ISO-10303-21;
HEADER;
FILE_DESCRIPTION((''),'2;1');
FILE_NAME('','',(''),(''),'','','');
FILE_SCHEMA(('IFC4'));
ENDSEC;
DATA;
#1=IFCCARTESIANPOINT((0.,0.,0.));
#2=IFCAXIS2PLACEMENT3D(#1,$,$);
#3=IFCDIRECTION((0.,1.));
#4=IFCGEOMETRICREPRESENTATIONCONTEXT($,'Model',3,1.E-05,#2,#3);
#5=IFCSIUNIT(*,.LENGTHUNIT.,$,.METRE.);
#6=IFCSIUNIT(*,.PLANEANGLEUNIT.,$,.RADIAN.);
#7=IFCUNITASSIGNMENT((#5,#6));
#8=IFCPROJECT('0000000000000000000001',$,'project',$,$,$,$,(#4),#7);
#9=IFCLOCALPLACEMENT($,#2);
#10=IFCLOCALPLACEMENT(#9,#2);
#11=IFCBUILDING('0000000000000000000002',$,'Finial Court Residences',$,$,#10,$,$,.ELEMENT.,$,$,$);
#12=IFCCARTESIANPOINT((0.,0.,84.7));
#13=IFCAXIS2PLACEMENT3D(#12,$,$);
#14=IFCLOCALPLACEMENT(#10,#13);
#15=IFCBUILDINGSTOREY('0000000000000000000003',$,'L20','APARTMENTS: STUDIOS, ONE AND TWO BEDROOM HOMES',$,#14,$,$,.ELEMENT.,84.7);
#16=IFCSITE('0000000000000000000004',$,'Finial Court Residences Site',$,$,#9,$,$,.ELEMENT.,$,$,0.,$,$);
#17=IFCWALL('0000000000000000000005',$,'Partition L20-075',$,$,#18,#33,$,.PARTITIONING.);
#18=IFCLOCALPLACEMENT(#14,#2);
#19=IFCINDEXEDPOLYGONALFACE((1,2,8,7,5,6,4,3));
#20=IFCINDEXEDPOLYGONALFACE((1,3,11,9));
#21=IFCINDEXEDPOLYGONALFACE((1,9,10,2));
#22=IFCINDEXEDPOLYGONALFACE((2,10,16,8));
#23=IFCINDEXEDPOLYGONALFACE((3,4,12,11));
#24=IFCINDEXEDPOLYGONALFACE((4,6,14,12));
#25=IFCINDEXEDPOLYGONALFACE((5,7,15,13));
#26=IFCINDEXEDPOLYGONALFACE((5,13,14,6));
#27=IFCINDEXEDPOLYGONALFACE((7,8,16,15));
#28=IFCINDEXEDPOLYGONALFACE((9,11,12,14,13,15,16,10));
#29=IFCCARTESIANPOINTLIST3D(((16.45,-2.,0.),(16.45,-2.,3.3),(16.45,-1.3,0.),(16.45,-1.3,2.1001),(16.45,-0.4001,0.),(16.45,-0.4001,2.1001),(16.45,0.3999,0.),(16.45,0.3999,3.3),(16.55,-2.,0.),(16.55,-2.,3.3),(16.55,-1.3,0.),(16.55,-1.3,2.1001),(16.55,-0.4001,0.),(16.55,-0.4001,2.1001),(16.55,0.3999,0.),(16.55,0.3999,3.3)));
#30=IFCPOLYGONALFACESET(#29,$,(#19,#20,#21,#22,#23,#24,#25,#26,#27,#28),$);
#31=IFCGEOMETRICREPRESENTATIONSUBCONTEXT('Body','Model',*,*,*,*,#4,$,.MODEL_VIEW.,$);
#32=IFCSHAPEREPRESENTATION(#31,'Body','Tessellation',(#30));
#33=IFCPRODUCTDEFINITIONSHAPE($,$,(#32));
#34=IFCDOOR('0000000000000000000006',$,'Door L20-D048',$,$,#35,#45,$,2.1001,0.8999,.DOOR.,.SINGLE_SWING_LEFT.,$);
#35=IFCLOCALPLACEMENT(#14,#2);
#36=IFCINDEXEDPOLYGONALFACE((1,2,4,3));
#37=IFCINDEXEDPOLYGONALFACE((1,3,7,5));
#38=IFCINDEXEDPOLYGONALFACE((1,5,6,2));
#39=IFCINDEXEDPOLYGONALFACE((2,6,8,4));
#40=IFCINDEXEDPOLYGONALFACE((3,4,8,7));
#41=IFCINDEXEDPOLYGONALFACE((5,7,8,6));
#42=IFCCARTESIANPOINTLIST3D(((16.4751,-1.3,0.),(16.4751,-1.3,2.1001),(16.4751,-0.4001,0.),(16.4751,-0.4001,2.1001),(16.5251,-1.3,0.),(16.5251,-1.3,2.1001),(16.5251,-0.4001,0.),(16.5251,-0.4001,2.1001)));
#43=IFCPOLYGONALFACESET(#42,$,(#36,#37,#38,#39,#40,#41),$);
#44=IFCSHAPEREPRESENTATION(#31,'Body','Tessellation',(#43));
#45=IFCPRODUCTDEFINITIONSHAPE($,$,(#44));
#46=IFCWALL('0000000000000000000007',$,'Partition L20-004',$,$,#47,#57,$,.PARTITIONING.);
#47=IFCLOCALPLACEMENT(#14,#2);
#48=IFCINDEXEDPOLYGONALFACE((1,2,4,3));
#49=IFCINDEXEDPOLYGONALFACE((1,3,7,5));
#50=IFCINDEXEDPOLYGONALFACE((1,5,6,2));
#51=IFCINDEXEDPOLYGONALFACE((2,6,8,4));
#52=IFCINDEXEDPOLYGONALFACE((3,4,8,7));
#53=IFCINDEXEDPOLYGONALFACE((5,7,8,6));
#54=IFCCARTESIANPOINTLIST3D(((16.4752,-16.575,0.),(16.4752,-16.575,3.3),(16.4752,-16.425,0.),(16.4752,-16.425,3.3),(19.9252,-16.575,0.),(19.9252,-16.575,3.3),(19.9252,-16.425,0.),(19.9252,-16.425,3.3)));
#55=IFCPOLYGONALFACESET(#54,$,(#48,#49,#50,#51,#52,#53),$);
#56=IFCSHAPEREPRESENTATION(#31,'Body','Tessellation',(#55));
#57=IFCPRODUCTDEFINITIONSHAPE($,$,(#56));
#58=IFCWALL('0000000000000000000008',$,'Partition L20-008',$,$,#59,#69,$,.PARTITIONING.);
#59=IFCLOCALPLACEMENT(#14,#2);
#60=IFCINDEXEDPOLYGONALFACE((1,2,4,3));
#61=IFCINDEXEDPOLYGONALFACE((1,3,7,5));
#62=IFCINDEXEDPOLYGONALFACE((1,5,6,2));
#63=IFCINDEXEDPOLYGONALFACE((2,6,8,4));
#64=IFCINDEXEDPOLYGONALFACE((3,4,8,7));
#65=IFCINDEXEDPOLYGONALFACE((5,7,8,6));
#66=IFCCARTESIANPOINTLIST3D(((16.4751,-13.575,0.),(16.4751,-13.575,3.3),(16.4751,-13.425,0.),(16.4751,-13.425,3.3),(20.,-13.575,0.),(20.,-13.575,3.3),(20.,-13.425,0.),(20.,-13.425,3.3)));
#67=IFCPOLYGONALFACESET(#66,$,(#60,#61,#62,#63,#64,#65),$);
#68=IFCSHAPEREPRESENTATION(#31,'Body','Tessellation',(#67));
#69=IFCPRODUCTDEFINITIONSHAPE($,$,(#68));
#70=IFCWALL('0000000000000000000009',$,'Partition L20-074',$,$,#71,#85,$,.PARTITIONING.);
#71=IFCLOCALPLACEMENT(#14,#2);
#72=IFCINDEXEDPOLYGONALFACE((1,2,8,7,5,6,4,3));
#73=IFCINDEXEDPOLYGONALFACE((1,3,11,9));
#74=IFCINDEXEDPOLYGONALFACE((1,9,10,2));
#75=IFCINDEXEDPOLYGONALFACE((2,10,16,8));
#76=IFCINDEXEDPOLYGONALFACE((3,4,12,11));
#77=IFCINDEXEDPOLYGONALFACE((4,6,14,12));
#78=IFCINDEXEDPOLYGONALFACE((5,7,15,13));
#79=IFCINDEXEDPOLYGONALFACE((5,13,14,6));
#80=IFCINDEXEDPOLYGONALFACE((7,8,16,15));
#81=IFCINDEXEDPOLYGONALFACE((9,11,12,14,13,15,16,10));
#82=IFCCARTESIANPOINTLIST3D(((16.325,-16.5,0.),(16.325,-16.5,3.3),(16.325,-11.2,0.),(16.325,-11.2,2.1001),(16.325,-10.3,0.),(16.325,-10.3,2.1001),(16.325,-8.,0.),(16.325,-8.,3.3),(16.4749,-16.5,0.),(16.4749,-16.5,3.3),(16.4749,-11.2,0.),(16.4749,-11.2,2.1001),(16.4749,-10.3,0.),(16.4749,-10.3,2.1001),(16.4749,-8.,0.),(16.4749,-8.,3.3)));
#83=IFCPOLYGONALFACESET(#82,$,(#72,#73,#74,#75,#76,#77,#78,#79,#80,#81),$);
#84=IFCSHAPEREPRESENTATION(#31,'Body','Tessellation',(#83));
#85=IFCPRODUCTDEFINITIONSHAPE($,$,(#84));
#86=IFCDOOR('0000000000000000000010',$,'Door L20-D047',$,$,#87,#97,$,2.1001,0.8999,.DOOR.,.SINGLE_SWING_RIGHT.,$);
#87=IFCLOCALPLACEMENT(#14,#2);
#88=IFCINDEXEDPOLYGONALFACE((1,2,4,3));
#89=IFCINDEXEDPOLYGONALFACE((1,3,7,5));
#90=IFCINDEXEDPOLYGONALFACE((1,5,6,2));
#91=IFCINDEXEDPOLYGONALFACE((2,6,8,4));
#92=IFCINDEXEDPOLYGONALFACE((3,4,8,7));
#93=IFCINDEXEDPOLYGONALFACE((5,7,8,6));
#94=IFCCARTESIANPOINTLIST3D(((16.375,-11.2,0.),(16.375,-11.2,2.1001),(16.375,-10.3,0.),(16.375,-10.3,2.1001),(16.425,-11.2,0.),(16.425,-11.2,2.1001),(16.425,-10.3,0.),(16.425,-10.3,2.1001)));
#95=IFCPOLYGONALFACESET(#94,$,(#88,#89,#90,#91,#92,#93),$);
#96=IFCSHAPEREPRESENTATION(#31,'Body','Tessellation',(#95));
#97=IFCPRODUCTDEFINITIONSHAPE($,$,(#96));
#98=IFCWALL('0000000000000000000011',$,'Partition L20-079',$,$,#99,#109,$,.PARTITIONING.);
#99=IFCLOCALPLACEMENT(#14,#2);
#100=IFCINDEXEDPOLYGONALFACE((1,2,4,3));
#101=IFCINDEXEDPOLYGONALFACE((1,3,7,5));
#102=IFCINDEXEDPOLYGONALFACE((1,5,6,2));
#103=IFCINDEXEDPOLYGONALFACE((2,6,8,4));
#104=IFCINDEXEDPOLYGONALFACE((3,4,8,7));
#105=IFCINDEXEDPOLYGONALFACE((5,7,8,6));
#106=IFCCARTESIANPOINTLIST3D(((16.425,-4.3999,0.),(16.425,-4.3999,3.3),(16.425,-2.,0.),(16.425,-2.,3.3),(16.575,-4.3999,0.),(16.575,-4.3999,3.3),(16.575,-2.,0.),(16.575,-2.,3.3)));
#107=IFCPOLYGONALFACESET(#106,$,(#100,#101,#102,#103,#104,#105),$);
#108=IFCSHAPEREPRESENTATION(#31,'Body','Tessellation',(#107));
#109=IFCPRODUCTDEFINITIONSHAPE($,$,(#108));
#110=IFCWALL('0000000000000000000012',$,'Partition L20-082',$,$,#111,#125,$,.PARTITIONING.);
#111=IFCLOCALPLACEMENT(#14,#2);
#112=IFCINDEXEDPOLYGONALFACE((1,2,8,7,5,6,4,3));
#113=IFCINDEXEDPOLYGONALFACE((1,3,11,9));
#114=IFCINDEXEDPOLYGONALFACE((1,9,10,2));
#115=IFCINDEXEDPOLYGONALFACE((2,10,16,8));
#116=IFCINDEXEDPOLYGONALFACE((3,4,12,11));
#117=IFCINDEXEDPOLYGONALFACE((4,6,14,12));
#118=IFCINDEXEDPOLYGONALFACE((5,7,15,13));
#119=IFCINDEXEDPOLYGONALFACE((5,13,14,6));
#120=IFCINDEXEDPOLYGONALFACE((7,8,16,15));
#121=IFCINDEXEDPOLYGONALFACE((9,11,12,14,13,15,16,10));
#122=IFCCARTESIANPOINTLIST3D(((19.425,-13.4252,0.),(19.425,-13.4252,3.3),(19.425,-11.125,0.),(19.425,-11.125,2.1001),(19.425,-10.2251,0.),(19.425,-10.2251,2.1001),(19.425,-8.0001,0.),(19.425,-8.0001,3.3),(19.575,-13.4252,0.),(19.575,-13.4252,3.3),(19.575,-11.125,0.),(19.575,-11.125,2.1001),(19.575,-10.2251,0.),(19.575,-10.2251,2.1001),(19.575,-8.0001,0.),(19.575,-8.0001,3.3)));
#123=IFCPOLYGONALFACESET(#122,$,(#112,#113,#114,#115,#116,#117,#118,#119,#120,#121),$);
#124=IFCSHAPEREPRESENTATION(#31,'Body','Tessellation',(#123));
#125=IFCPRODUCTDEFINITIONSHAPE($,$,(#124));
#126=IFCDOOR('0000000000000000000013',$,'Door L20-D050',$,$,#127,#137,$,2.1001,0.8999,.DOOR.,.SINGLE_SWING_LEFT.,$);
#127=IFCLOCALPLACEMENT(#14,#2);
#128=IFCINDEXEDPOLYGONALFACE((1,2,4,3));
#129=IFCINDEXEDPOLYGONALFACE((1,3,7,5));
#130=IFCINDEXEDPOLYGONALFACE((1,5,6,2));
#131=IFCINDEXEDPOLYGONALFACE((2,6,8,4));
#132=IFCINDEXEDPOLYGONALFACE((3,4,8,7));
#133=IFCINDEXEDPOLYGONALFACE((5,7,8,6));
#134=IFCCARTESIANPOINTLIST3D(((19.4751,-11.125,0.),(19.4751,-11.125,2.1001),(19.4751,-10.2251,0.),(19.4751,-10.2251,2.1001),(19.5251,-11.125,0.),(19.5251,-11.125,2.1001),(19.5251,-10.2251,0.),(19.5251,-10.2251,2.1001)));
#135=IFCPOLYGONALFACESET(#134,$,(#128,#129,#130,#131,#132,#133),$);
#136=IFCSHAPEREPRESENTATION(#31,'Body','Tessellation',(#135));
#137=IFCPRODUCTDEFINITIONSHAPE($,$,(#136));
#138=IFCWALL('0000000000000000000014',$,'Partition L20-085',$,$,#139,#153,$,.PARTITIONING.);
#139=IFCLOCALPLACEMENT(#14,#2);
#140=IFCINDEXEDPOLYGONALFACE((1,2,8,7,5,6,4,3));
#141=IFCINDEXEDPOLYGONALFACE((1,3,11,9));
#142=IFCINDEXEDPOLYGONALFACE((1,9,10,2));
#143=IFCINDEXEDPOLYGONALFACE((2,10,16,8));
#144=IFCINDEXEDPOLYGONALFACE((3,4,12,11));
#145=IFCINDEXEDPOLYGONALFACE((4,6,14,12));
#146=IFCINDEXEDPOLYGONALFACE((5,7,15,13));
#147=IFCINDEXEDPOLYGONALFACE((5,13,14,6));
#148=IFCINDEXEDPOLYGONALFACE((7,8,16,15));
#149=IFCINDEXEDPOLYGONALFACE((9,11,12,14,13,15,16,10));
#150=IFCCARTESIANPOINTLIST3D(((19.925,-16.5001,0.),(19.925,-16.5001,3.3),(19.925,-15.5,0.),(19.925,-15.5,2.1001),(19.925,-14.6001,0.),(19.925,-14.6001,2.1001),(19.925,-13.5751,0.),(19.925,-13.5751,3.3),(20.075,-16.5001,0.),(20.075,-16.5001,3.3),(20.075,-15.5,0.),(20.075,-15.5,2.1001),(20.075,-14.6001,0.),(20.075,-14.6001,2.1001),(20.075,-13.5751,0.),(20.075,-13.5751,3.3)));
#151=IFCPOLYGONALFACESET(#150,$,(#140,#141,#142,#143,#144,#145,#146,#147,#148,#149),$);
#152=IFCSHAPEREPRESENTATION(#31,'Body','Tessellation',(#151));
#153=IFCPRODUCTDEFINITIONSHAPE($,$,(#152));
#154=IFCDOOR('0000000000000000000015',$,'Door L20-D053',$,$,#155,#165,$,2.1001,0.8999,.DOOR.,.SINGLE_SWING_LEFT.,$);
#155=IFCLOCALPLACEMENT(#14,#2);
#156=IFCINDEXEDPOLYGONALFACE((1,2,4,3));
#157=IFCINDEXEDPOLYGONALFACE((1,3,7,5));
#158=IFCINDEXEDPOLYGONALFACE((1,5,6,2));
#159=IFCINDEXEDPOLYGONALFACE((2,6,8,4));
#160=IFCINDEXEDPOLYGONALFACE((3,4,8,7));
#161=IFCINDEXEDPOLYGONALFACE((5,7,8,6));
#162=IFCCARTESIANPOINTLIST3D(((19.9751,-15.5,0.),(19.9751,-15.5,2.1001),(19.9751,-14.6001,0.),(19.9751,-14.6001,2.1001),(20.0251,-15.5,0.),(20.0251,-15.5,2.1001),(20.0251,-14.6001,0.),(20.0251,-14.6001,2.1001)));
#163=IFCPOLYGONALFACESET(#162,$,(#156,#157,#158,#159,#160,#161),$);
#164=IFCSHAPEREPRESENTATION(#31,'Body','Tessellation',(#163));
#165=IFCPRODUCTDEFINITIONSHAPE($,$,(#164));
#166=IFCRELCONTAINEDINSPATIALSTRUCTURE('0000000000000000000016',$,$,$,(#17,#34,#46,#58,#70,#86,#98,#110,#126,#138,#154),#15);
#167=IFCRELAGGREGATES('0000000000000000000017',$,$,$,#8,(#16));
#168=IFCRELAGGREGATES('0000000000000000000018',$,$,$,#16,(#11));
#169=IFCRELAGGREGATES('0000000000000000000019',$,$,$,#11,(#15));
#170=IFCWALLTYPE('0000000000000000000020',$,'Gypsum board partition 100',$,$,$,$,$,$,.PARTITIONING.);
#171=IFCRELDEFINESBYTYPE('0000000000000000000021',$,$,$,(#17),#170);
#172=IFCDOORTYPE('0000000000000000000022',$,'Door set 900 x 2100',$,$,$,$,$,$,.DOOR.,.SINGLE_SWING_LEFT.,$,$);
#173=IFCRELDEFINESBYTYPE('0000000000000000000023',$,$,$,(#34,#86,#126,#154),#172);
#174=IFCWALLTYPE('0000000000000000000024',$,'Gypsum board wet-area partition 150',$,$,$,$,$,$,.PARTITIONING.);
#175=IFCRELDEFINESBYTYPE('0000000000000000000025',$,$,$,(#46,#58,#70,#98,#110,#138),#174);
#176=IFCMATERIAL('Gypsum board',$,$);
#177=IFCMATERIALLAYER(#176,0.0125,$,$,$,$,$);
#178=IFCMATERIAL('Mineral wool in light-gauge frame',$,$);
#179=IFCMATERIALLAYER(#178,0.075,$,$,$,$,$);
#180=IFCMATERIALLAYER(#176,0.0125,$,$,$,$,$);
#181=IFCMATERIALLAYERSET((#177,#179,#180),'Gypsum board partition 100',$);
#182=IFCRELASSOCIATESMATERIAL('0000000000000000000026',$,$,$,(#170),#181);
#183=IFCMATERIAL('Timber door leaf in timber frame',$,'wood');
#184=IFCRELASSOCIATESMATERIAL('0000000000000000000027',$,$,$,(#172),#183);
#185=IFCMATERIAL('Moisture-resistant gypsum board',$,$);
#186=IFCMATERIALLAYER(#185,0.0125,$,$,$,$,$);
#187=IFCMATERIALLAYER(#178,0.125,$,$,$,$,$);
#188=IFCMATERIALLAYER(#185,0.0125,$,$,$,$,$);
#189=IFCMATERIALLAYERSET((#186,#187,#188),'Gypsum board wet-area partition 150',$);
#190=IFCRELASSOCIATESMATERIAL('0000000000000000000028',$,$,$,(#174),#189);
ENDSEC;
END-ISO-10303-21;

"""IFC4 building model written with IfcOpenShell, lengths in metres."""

from ifc_helpers import new_model, si_unit, direction, frame, frame_2d, origin, place, context, subcontext, project, spatial, rectangle, extrude, material, layer, layer_set, type_object, element, fill, save


model = new_model("IFC4")

# Units and contexts
model_context = context("Model", 3, precision=1e-05, world=origin(), true_north=direction((0.0, 1.0)))
body_context = subcontext(model_context, "Body", "Model", "MODEL_VIEW")
ifc_project = project(units=[si_unit("LENGTHUNIT", "METRE"), si_unit("PLANEANGLEUNIT", "RADIAN")], contexts=[model_context])

# Site, building, storey
site_placement = place(None, origin())
site = spatial("IfcSite", under=ifc_project, at=site_placement, Name="Finial Court Residences Site", CompositionType="ELEMENT", RefElevation=0.0)
building_placement = place(site_placement, origin())
building = spatial("IfcBuilding", under=site, at=building_placement, Name="Finial Court Residences", CompositionType="ELEMENT")
storey_placement = place(building_placement, frame((0.0, 0.0, 84.7)))
storey = spatial("IfcBuildingStorey", under=building, at=storey_placement, Name="L20", Description="APARTMENTS: STUDIOS, ONE AND TWO BEDROOM HOMES", CompositionType="ELEMENT", Elevation=84.7)

# Wall, opening, door
ifc_material_1 = material(Name="Gypsum board")
ifc_layer_1 = layer(ifc_material_1, 0.0125)
ifc_material_2 = material(Name="Mineral wool in light-gauge frame")
ifc_layer_2 = layer(ifc_material_2, 0.075)
ifc_layer_3 = layer(ifc_material_1, 0.0125)
ifc_layer_set_1 = layer_set([ifc_layer_1, ifc_layer_2, ifc_layer_3], Name="Gypsum board partition 100")
wall_type_1 = type_object("IfcWallType", Name="Gypsum board partition 100", PredefinedType="PARTITIONING", material=ifc_layer_set_1)
ifc_material_3 = material(Name="Timber door leaf in timber frame", Category="wood")
door_type = type_object("IfcDoorType", Name="Door set 900 x 2100", OperationType="SINGLE_SWING_LEFT", PredefinedType="DOOR", material=ifc_material_3)
wall_1_placement = place(storey_placement, frame((16.5, -2.0, 0.0), z_axis=(0.0, 0.0, 1.0), x_axis=(0.0, 1.0, 0.0)))
wall_1 = element("IfcWall", 1, at=wall_1_placement, inside=storey, type_object=wall_type_1, Name="Partition L20-075", PredefinedType="PARTITIONING", context=body_context, shape_type="SweptSolid", body=[
    extrude(rectangle(XDim=2.3999, YDim=0.1001, at=frame_2d((1.2, 0.0))), origin(), (0.0, 0.0, 1.0), 3.3),
])
opening_1_placement = place(wall_1_placement, frame((0.7, 0.0, 0.0)))
opening_1 = element("IfcOpeningElement", 2, at=opening_1_placement, cuts=wall_1, PredefinedType="OPENING", context=body_context, shape_type="SweptSolid", body=[
    extrude(rectangle(XDim=0.8999, YDim=2.1001, at=frame_2d((0.45, 1.05))), frame((0.0, 0.0601, 0.0), z_axis=(0.0, -1.0, 0.0), x_axis=(1.0, 0.0, 0.0)), (0.0, 0.0, 1.0), 0.1201),
])
door_1_placement = place(opening_1_placement, origin())
door_1 = element("IfcDoor", 3, at=door_1_placement, inside=storey, type_object=door_type, Name="Door L20-D048", OperationType="SINGLE_SWING_LEFT", OverallHeight=2.1001, OverallWidth=0.8999, PredefinedType="DOOR", context=body_context, shape_type="SweptSolid", body=[
    extrude(rectangle(XDim=0.8999, YDim=2.1001, at=frame_2d((0.45, 1.05))), frame((0.0, 0.0249, 0.0), z_axis=(0.0, -1.0, 0.0), x_axis=(1.0, 0.0, 0.0)), (0.0, 0.0, 1.0), 0.05),
])
fill(opening_1, door_1)

# Walls
ifc_material_4 = material(Name="Moisture-resistant gypsum board")
ifc_layer_4 = layer(ifc_material_4, 0.0125)
ifc_layer_5 = layer(ifc_material_2, 0.125)
ifc_layer_6 = layer(ifc_material_4, 0.0125)
ifc_layer_set_2 = layer_set([ifc_layer_4, ifc_layer_5, ifc_layer_6], Name="Gypsum board wet-area partition 150")
wall_type_2 = type_object("IfcWallType", Name="Gypsum board wet-area partition 150", PredefinedType="PARTITIONING", material=ifc_layer_set_2)
wall_2_placement = place(storey_placement, frame((16.4751, -16.5, 0.0), z_axis=(0.0, 0.0, 1.0), x_axis=(1.0, 0.0, 0.0)))
element("IfcWall", 4, at=wall_2_placement, inside=storey, type_object=wall_type_2, Name="Partition L20-004", PredefinedType="PARTITIONING", context=body_context, shape_type="SweptSolid", body=[
    extrude(rectangle(XDim=3.45, YDim=0.1499, at=frame_2d((1.7251, 0.0))), origin(), (0.0, 0.0, 1.0), 3.3),
])
wall_3_placement = place(storey_placement, frame((16.4751, -13.5, 0.0), z_axis=(0.0, 0.0, 1.0), x_axis=(1.0, 0.0, 0.0)))
element("IfcWall", 5, at=wall_3_placement, inside=storey, type_object=wall_type_2, Name="Partition L20-008", PredefinedType="PARTITIONING", context=body_context, shape_type="SweptSolid", body=[
    extrude(rectangle(XDim=3.5249, YDim=0.1499, at=frame_2d((1.7625, 0.0))), origin(), (0.0, 0.0, 1.0), 3.3),
])

# Wall, opening, door
wall_4_placement = place(storey_placement, frame((16.3999, -16.5, 0.0), z_axis=(0.0, 0.0, 1.0), x_axis=(0.0, 1.0, 0.0)))
wall_4 = element("IfcWall", 6, at=wall_4_placement, inside=storey, type_object=wall_type_2, Name="Partition L20-074", PredefinedType="PARTITIONING", context=body_context, shape_type="SweptSolid", body=[
    extrude(rectangle(XDim=8.5, YDim=0.1499, at=frame_2d((4.25, 0.0))), origin(), (0.0, 0.0, 1.0), 3.3),
])
opening_2_placement = place(wall_4_placement, frame((5.3, 0.0, 0.0)))
opening_2 = element("IfcOpeningElement", 7, at=opening_2_placement, cuts=wall_4, PredefinedType="OPENING", context=body_context, shape_type="SweptSolid", body=[
    extrude(rectangle(XDim=0.8999, YDim=2.1001, at=frame_2d((0.45, 1.05))), frame((0.0, 0.085, 0.0), z_axis=(0.0, -1.0, 0.0), x_axis=(1.0, 0.0, 0.0)), (0.0, 0.0, 1.0), 0.1699),
])
door_2_placement = place(opening_2_placement, origin())
door_2 = element("IfcDoor", 8, at=door_2_placement, inside=storey, type_object=door_type, Name="Door L20-D047", OperationType="SINGLE_SWING_RIGHT", OverallHeight=2.1001, OverallWidth=0.8999, PredefinedType="DOOR", context=body_context, shape_type="SweptSolid", body=[
    extrude(rectangle(XDim=0.8999, YDim=2.1001, at=frame_2d((0.45, 1.05))), frame((0.0, 0.0249, 0.0), z_axis=(0.0, -1.0, 0.0), x_axis=(1.0, 0.0, 0.0)), (0.0, 0.0, 1.0), 0.05),
])
fill(opening_2, door_2)

# Wall
wall_5_placement = place(storey_placement, frame((16.5, -4.3999, 0.0), z_axis=(0.0, 0.0, 1.0), x_axis=(0.0, 1.0, 0.0)))
element("IfcWall", 9, at=wall_5_placement, inside=storey, type_object=wall_type_2, Name="Partition L20-079", PredefinedType="PARTITIONING", context=body_context, shape_type="SweptSolid", body=[
    extrude(rectangle(XDim=2.3999, YDim=0.1499, at=frame_2d((1.2, 0.0))), origin(), (0.0, 0.0, 1.0), 3.3),
])

# Walls, openings, doors
wall_6_placement = place(storey_placement, frame((19.5, -13.425, 0.0), z_axis=(0.0, 0.0, 1.0), x_axis=(0.0, 1.0, 0.0)))
wall_6 = element("IfcWall", 10, at=wall_6_placement, inside=storey, type_object=wall_type_2, Name="Partition L20-082", PredefinedType="PARTITIONING", context=body_context, shape_type="SweptSolid", body=[
    extrude(rectangle(XDim=5.425, YDim=0.1499, at=frame_2d((2.7124, 0.0))), origin(), (0.0, 0.0, 1.0), 3.3),
])
opening_3_placement = place(wall_6_placement, frame((2.3, 0.0, 0.0)))
opening_3 = element("IfcOpeningElement", 11, at=opening_3_placement, cuts=wall_6, PredefinedType="OPENING", context=body_context, shape_type="SweptSolid", body=[
    extrude(rectangle(XDim=0.8999, YDim=2.1001, at=frame_2d((0.45, 1.05))), frame((0.0, 0.085, 0.0), z_axis=(0.0, -1.0, 0.0), x_axis=(1.0, 0.0, 0.0)), (0.0, 0.0, 1.0), 0.1699),
])
door_3_placement = place(opening_3_placement, origin())
door_3 = element("IfcDoor", 12, at=door_3_placement, inside=storey, type_object=door_type, Name="Door L20-D050", OperationType="SINGLE_SWING_LEFT", OverallHeight=2.1001, OverallWidth=0.8999, PredefinedType="DOOR", context=body_context, shape_type="SweptSolid", body=[
    extrude(rectangle(XDim=0.8999, YDim=2.1001, at=frame_2d((0.45, 1.05))), frame((0.0, 0.0249, 0.0), z_axis=(0.0, -1.0, 0.0), x_axis=(1.0, 0.0, 0.0)), (0.0, 0.0, 1.0), 0.05),
])
fill(opening_3, door_3)
wall_7_placement = place(storey_placement, frame((20.0, -16.5, 0.0), z_axis=(0.0, 0.0, 1.0), x_axis=(0.0, 1.0, 0.0)))
wall_7 = element("IfcWall", 13, at=wall_7_placement, inside=storey, type_object=wall_type_2, Name="Partition L20-085", PredefinedType="PARTITIONING", context=body_context, shape_type="SweptSolid", body=[
    extrude(rectangle(XDim=2.925, YDim=0.1499, at=frame_2d((1.4624, 0.0))), origin(), (0.0, 0.0, 1.0), 3.3),
])
opening_4_placement = place(wall_7_placement, frame((1.0, 0.0, 0.0)))
opening_4 = element("IfcOpeningElement", 14, at=opening_4_placement, cuts=wall_7, PredefinedType="OPENING", context=body_context, shape_type="SweptSolid", body=[
    extrude(rectangle(XDim=0.8999, YDim=2.1001, at=frame_2d((0.45, 1.05))), frame((0.0, 0.085, 0.0), z_axis=(0.0, -1.0, 0.0), x_axis=(1.0, 0.0, 0.0)), (0.0, 0.0, 1.0), 0.1699),
])
door_4_placement = place(opening_4_placement, origin())
door_4 = element("IfcDoor", 15, at=door_4_placement, inside=storey, type_object=door_type, Name="Door L20-D053", OperationType="SINGLE_SWING_LEFT", OverallHeight=2.1001, OverallWidth=0.8999, PredefinedType="DOOR", context=body_context, shape_type="SweptSolid", body=[
    extrude(rectangle(XDim=0.8999, YDim=2.1001, at=frame_2d((0.45, 1.05))), frame((0.0, 0.0249, 0.0), z_axis=(0.0, -1.0, 0.0), x_axis=(1.0, 0.0, 0.0)), (0.0, 0.0, 1.0), 0.05),
])
fill(opening_4, door_4)

save(model, "model.ifc")
